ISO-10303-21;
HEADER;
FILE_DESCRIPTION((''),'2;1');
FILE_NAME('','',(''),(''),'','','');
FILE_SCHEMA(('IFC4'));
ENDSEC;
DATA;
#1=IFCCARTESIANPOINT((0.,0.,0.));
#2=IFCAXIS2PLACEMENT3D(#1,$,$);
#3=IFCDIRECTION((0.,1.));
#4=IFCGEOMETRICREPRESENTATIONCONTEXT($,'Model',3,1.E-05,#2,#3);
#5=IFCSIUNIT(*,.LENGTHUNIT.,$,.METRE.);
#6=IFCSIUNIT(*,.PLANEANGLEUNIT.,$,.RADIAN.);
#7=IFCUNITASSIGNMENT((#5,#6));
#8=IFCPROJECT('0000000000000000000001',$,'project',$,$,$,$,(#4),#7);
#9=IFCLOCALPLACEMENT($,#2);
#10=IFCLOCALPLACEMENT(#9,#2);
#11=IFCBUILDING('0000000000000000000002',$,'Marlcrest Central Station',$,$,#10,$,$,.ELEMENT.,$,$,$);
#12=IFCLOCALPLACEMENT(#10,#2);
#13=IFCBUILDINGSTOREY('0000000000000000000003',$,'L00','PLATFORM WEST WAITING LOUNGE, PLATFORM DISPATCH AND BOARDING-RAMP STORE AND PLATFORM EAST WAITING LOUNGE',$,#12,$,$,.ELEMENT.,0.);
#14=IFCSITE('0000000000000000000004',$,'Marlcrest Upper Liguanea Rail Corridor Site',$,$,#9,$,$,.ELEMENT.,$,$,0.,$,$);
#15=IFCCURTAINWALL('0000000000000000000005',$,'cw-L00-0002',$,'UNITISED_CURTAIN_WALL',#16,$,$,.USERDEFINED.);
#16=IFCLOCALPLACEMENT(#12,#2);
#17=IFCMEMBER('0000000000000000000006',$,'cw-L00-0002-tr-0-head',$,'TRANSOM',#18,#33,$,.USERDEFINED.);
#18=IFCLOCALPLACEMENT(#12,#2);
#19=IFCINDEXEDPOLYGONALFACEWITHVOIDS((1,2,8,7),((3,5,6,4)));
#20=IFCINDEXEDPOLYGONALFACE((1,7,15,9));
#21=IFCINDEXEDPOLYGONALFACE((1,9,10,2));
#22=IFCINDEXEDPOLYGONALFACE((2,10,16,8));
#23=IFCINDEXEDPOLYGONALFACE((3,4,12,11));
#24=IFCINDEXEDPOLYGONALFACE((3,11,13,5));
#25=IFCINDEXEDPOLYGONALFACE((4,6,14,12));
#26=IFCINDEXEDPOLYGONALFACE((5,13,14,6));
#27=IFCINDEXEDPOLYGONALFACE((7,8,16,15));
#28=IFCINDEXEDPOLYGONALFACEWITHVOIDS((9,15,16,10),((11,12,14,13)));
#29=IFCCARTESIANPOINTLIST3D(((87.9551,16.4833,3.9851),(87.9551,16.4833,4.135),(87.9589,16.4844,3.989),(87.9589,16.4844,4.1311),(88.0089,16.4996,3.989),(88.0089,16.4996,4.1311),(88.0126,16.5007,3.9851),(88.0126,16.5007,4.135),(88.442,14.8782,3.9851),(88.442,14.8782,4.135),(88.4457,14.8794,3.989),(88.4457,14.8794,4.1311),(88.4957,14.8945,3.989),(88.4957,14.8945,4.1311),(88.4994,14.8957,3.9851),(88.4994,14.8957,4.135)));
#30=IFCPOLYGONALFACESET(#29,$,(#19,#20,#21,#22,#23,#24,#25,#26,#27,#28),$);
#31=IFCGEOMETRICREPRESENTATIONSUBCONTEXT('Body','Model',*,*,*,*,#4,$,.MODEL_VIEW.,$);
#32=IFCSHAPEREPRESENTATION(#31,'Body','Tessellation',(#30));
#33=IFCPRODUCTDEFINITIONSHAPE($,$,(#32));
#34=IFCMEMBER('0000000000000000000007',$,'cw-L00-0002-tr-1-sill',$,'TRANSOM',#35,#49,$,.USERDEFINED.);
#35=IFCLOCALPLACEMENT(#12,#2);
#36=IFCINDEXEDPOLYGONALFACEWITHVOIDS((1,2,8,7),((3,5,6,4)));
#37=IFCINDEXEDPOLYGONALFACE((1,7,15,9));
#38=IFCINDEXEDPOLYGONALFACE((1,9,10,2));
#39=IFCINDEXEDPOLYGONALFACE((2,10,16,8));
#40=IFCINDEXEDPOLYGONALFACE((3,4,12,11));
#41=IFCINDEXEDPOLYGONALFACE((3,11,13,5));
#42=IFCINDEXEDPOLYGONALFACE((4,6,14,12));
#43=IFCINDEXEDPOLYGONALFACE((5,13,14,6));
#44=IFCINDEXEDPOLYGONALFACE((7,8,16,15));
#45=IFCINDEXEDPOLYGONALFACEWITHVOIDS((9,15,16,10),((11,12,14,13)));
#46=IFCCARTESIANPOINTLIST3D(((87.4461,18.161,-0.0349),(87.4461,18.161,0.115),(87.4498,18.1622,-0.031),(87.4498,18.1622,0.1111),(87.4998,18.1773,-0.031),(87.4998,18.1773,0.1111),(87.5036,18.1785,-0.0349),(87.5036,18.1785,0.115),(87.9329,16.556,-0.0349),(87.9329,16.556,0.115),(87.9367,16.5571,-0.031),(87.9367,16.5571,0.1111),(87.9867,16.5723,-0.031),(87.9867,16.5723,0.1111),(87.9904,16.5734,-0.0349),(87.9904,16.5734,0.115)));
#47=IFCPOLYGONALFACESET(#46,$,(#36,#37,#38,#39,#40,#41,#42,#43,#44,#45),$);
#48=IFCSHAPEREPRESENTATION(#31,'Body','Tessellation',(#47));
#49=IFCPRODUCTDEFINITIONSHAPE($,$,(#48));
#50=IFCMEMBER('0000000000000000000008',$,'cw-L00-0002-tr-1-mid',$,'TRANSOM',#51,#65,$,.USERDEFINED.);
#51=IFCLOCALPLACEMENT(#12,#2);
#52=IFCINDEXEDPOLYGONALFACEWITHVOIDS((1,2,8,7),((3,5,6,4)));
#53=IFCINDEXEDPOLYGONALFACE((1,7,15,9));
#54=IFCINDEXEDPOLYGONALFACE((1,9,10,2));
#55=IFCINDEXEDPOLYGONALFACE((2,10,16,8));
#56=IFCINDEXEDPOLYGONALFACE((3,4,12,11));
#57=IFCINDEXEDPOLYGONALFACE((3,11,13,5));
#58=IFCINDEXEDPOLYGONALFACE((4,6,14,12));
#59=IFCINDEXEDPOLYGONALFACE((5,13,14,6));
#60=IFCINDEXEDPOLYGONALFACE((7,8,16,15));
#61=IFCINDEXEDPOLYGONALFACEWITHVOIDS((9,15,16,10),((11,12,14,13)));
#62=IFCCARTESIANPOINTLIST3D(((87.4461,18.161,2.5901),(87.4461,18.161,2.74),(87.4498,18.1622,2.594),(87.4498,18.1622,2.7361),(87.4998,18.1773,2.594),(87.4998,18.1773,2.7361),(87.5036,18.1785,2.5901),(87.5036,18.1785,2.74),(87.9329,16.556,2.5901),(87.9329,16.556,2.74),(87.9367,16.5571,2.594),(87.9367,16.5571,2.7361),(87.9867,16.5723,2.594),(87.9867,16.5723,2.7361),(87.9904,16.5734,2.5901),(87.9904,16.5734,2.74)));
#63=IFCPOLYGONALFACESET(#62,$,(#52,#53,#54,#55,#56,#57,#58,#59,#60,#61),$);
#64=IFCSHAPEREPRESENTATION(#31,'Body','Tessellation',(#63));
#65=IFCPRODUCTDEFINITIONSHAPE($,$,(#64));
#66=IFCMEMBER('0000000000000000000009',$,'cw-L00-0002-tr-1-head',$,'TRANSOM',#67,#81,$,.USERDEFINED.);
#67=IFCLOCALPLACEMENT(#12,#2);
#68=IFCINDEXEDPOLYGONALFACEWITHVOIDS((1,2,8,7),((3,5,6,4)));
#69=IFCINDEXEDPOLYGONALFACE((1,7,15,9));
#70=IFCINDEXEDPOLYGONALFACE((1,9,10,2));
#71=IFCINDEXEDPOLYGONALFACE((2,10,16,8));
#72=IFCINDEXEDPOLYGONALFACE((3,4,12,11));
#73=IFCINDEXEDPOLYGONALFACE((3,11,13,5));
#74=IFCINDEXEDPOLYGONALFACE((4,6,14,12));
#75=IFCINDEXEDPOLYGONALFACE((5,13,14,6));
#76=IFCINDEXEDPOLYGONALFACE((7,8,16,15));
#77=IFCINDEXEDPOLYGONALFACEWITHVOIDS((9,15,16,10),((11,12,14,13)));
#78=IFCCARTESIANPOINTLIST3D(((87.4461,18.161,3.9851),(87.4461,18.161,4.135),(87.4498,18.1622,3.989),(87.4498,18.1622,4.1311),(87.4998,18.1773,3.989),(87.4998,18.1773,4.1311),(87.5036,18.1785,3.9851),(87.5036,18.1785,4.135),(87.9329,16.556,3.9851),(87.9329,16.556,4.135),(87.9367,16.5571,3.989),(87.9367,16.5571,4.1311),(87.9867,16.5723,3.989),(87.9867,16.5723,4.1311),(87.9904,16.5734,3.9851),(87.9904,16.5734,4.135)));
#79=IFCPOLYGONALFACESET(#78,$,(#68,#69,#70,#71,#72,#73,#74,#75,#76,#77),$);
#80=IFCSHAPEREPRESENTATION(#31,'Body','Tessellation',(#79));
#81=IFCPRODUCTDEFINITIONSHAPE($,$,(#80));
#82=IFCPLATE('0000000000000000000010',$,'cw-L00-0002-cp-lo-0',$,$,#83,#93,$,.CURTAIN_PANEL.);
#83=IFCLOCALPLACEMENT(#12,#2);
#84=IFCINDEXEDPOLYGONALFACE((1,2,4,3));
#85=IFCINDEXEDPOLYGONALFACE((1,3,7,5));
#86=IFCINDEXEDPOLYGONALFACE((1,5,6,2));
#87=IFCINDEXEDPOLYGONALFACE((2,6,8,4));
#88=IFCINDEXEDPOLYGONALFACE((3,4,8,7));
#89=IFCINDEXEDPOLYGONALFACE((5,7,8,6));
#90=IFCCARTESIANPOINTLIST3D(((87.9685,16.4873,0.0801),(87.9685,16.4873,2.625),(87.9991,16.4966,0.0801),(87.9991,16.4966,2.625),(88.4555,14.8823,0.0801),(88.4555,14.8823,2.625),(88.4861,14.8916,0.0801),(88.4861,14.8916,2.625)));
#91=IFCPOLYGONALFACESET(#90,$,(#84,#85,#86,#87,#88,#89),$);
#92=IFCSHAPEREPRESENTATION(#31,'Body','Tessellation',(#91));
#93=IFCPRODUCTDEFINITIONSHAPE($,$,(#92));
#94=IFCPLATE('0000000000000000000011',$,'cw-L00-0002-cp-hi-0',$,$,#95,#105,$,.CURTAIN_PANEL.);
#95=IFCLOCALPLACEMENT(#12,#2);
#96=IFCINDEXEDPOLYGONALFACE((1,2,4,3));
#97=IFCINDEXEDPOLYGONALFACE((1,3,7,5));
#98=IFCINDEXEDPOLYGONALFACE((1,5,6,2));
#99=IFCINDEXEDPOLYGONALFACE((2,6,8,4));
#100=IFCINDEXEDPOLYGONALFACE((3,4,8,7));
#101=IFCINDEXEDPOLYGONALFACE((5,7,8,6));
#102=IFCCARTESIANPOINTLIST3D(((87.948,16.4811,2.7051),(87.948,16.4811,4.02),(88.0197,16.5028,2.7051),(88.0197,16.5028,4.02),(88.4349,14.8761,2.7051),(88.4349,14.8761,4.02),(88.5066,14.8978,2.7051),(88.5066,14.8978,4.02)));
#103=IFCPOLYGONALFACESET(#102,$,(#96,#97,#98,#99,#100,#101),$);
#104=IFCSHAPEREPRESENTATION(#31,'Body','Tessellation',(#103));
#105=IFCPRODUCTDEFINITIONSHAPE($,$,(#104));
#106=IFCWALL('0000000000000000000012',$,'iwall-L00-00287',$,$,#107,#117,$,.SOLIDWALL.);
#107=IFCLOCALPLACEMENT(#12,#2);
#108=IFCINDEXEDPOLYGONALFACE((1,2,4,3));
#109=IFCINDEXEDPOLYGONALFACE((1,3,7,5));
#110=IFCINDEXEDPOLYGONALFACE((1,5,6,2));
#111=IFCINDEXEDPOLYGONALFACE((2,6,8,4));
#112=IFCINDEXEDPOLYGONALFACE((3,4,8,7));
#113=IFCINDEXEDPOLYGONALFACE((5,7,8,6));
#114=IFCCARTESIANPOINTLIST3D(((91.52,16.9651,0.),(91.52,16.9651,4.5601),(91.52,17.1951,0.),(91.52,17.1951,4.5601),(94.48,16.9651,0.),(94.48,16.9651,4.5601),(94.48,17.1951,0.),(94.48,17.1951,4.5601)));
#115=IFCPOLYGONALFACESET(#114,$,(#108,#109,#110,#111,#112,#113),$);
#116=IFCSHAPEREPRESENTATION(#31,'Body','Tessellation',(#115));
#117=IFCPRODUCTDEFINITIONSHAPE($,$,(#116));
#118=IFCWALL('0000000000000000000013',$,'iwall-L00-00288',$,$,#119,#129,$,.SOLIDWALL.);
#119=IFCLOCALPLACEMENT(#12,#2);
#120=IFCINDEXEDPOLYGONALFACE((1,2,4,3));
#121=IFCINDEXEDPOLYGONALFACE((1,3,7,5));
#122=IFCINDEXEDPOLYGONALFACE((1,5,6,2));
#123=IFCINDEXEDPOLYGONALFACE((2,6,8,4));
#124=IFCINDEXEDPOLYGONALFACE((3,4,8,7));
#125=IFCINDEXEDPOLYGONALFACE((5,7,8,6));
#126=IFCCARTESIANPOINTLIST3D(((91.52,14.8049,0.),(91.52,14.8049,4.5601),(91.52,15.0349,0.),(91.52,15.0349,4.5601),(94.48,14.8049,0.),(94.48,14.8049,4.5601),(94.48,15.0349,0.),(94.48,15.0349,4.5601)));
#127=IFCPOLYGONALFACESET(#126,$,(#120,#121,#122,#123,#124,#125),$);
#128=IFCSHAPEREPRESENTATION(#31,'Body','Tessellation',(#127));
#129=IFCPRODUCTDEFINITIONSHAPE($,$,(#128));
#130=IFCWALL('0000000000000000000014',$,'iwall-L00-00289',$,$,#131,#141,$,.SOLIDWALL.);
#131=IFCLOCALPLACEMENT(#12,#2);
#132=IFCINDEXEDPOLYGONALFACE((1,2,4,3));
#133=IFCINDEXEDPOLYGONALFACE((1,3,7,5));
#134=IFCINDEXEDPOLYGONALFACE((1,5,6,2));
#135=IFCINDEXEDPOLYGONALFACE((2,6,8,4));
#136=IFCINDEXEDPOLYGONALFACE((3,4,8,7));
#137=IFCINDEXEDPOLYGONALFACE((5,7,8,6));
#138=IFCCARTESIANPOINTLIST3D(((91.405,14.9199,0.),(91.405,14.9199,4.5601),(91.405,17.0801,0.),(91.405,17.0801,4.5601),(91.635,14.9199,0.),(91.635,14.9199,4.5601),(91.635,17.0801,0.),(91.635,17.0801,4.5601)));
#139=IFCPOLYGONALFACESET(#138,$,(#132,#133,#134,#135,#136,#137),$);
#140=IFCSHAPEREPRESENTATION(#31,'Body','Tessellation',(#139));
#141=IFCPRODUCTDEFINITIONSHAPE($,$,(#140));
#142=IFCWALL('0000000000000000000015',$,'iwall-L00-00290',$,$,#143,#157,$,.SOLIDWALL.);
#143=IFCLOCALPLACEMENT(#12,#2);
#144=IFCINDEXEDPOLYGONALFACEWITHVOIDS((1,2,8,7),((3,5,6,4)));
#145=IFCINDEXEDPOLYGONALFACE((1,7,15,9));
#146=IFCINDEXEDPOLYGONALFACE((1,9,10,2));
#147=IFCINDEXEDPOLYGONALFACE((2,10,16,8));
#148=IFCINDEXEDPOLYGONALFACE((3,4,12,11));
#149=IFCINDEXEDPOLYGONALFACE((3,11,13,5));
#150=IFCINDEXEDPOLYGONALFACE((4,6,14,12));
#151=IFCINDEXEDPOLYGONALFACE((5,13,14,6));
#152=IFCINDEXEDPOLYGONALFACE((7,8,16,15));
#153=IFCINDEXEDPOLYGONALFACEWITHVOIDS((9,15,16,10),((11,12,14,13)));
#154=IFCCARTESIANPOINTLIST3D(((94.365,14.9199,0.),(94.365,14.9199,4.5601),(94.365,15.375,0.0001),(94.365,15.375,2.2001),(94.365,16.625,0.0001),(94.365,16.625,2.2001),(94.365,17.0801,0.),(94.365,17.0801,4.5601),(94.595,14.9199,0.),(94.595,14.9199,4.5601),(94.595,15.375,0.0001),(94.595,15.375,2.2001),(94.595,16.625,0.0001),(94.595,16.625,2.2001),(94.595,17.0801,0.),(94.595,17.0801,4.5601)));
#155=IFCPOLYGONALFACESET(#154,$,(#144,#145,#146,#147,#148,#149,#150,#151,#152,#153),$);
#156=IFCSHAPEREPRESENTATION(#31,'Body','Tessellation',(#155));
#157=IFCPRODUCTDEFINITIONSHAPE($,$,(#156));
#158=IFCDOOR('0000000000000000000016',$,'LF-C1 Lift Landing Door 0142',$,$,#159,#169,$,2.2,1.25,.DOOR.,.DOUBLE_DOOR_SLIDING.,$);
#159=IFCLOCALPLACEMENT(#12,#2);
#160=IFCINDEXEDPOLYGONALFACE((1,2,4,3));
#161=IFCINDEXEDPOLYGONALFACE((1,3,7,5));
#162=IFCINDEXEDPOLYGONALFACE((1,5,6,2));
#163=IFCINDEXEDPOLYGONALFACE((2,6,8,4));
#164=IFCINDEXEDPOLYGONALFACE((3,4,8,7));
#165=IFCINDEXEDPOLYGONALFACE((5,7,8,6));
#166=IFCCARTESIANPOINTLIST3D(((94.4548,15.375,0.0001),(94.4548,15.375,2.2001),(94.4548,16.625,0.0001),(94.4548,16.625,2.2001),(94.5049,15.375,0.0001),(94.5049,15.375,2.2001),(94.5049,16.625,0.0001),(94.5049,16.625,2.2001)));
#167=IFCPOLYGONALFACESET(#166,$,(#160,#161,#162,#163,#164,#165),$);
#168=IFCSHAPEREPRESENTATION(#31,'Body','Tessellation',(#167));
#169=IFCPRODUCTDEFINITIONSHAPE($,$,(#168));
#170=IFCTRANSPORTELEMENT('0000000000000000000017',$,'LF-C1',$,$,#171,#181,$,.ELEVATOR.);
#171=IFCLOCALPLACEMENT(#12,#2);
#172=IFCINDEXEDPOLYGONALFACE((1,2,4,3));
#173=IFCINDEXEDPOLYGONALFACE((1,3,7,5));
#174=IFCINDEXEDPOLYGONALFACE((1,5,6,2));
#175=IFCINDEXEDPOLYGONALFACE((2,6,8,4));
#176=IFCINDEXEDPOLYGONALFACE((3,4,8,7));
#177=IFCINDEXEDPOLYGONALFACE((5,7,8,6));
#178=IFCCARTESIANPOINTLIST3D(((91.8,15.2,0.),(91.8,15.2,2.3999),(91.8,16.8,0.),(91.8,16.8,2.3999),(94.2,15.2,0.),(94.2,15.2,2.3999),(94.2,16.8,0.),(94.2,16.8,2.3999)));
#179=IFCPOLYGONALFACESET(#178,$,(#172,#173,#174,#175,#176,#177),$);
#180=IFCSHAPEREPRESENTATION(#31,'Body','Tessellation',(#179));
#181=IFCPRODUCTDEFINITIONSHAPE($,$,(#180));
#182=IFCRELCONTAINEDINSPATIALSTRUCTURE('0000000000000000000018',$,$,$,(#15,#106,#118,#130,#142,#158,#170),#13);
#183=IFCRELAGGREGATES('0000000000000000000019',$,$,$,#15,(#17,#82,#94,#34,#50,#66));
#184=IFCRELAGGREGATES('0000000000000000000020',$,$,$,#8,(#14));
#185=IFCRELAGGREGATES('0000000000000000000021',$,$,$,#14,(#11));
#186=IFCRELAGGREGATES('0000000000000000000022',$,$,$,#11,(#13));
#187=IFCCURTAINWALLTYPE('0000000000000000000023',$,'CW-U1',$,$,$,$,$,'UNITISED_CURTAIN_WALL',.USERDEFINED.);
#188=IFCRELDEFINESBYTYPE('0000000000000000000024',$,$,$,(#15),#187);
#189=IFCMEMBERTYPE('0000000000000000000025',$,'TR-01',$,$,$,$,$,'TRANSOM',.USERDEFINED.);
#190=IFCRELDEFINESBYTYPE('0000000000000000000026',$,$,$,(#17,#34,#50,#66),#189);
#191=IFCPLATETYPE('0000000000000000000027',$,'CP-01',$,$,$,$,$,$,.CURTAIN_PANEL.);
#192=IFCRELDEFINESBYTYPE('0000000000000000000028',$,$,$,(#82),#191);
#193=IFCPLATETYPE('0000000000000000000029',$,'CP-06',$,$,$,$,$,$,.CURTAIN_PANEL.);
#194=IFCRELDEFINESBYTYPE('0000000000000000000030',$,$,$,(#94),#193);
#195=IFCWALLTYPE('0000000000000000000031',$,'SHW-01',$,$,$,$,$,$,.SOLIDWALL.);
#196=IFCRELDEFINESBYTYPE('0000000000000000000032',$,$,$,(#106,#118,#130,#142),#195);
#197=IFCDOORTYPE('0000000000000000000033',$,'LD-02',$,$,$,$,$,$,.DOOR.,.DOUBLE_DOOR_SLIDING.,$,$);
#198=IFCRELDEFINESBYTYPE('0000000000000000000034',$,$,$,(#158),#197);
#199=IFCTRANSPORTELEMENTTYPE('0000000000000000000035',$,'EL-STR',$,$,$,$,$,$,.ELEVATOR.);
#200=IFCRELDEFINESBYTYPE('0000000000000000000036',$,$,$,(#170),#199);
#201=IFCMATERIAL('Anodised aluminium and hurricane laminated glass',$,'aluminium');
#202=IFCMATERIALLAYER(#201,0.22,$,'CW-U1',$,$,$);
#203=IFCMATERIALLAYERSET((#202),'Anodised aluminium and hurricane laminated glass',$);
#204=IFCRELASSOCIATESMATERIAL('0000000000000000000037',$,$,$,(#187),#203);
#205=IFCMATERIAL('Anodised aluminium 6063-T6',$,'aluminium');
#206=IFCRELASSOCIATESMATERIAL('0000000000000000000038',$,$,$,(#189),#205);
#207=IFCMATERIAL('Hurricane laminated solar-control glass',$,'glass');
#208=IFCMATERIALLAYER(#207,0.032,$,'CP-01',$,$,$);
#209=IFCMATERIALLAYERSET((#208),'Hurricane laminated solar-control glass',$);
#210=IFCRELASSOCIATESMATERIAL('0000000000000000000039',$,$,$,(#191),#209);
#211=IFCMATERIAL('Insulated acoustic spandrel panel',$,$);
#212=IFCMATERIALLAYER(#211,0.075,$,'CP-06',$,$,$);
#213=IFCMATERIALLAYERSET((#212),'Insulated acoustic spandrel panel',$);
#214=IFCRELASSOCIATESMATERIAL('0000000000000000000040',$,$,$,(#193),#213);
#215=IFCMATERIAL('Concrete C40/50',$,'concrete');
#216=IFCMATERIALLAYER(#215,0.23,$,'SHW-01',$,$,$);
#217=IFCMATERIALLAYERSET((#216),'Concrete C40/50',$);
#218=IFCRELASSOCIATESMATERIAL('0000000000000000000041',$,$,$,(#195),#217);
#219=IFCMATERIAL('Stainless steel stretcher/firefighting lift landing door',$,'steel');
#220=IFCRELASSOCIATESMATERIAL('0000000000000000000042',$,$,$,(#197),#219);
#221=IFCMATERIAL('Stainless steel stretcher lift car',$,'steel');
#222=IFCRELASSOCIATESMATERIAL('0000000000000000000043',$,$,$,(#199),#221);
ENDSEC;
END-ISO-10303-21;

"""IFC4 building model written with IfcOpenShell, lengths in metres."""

from ifc_helpers import new_model, si_unit, direction, frame, frame_2d, origin, origin_2d, place, context, subcontext, project, spatial, rectangle, hollow_rectangle, extrude, material, layer, layer_set, material_profile, profile_set, type_object, element, fill, aggregate, save


model = new_model("IFC4")

# Units and contexts
model_context = context("Model", 3, precision=1e-05, world=origin(), true_north=direction((0.0, 1.0)))
body_context = subcontext(model_context, "Body", "Model", "MODEL_VIEW")
ifc_project = project(units=[si_unit("LENGTHUNIT", "METRE"), si_unit("PLANEANGLEUNIT", "RADIAN")], contexts=[model_context])

# Site, building, storey
site_placement = place(None, origin())
site = spatial("IfcSite", under=ifc_project, at=site_placement, Name="Marlcrest Upper Liguanea Rail Corridor Site", CompositionType="ELEMENT", RefElevation=0.0)
building_placement = place(site_placement, origin())
building = spatial("IfcBuilding", under=site, at=building_placement, Name="Marlcrest Central Station", CompositionType="ELEMENT")
storey_placement = place(building_placement, origin())
storey = spatial("IfcBuildingStorey", under=building, at=storey_placement, Name="L00", Description="PLATFORM WEST WAITING LOUNGE, PLATFORM DISPATCH AND BOARDING-RAMP STORE AND PLATFORM EAST WAITING LOUNGE", CompositionType="ELEMENT", Elevation=0.0)

# Shared definitions
ifc_material_1 = material(Name="Concrete C40/50", Category="concrete")

# Curtain wall
ifc_material_2 = material(Name="Anodised aluminium and hurricane laminated glass", Category="aluminium")
ifc_layer_1 = layer(ifc_material_2, 0.22, Name="CW-U1")
ifc_layer_set_1 = layer_set([ifc_layer_1], Name="Anodised aluminium and hurricane laminated glass")
curtain_wall_type = type_object("IfcCurtainWallType", Name="CW-U1", ElementType="UNITISED_CURTAIN_WALL", PredefinedType="USERDEFINED", material=ifc_layer_set_1)
curtain_wall_placement = place(storey_placement, origin())
curtain_wall = element("IfcCurtainWall", 1, at=curtain_wall_placement, inside=storey, type_object=curtain_wall_type, Name="cw-L00-0002", ObjectType="UNITISED_CURTAIN_WALL", PredefinedType="USERDEFINED")
ifc_material_3 = material(Name="Anodised aluminium 6063-T6", Category="aluminium")

# Members
ifc_material_profile_1 = material_profile(ifc_material_3, hollow_rectangle(XDim=0.0601, YDim=0.1499, WallThickness=0.0039, at=origin_2d()), Name="AA-RHS 150x60x4")
ifc_profile_set_1 = profile_set([ifc_material_profile_1], Name="Anodised aluminium 6063-T6")
member_type_1 = type_object("IfcMemberType", Name="TR-01", ElementType="TRANSOM", PredefinedType="USERDEFINED", material=ifc_profile_set_1)
member_1_placement = place(storey_placement, frame((88.4707, 14.887, 4.0601), z_axis=(-0.290258, 0.956948, 0.0), x_axis=(-0.956948, -0.290258, 0.0)))
member_1 = element("IfcMember", 2, at=member_1_placement, type_object=member_type_1, Name="cw-L00-0002-tr-0-head", ObjectType="TRANSOM", PredefinedType="USERDEFINED", context=body_context, shape_type="SweptSolid", body=[
    extrude(hollow_rectangle(XDim=0.0601, YDim=0.1499, WallThickness=0.0039, at=origin_2d()), origin(), (0.0, 0.0, 1.0), 1.6772),
])
member_2_placement = place(storey_placement, frame((87.9617, 16.5647, 0.04), z_axis=(-0.290258, 0.956948, 0.0), x_axis=(-0.956948, -0.290258, 0.0)))
member_2 = element("IfcMember", 3, at=member_2_placement, type_object=member_type_1, Name="cw-L00-0002-tr-1-sill", ObjectType="TRANSOM", PredefinedType="USERDEFINED", context=body_context, shape_type="SweptSolid", body=[
    extrude(hollow_rectangle(XDim=0.0601, YDim=0.1499, WallThickness=0.0039, at=origin_2d()), origin(), (0.0, 0.0, 1.0), 1.6772),
])
member_3_placement = place(storey_placement, frame((87.9617, 16.5647, 2.665), z_axis=(-0.290258, 0.956948, 0.0), x_axis=(-0.956948, -0.290258, 0.0)))
member_3 = element("IfcMember", 4, at=member_3_placement, type_object=member_type_1, Name="cw-L00-0002-tr-1-mid", ObjectType="TRANSOM", PredefinedType="USERDEFINED", context=body_context, shape_type="SweptSolid", body=[
    extrude(hollow_rectangle(XDim=0.0601, YDim=0.1499, WallThickness=0.0039, at=origin_2d()), origin(), (0.0, 0.0, 1.0), 1.6772),
])
member_4_placement = place(storey_placement, frame((87.9617, 16.5647, 4.0601), z_axis=(-0.290258, 0.956948, 0.0), x_axis=(-0.956948, -0.290258, 0.0)))
member_4 = element("IfcMember", 5, at=member_4_placement, type_object=member_type_1, Name="cw-L00-0002-tr-1-head", ObjectType="TRANSOM", PredefinedType="USERDEFINED", context=body_context, shape_type="SweptSolid", body=[
    extrude(hollow_rectangle(XDim=0.0601, YDim=0.1499, WallThickness=0.0039, at=origin_2d()), origin(), (0.0, 0.0, 1.0), 1.6772),
])

# Plates
ifc_material_4 = material(Name="Hurricane laminated solar-control glass", Category="glass")
ifc_layer_2 = layer(ifc_material_4, 0.032, Name="CP-01")
ifc_layer_set_2 = layer_set([ifc_layer_2], Name="Hurricane laminated solar-control glass")
plate_type_1 = type_object("IfcPlateType", Name="CP-01", PredefinedType="CURTAIN_PANEL", material=ifc_layer_set_2)
plate_1_placement = place(storey_placement, frame((88.2273, 15.6895, 0.0801), z_axis=(0.0, 0.0, 1.0), x_axis=(-0.290318, 0.95693, 0.0)))
plate_1 = element("IfcPlate", 6, at=plate_1_placement, type_object=plate_type_1, Name="cw-L00-0002-cp-lo-0", PredefinedType="CURTAIN_PANEL", context=body_context, shape_type="SweptSolid", body=[
    extrude(rectangle(XDim=1.6772, YDim=0.032, at=origin_2d()), origin(), (0.0, 0.0, 1.0), 2.5449),
])
ifc_material_5 = material(Name="Insulated acoustic spandrel panel")
ifc_layer_3 = layer(ifc_material_5, 0.075, Name="CP-06")
ifc_layer_set_3 = layer_set([ifc_layer_3], Name="Insulated acoustic spandrel panel")
plate_type_2 = type_object("IfcPlateType", Name="CP-06", PredefinedType="CURTAIN_PANEL", material=ifc_layer_set_3)
plate_2_placement = place(storey_placement, frame((88.2273, 15.6895, 2.7051), z_axis=(0.0, 0.0, 1.0), x_axis=(-0.290318, 0.95693, 0.0)))
plate_2 = element("IfcPlate", 7, at=plate_2_placement, type_object=plate_type_2, Name="cw-L00-0002-cp-hi-0", PredefinedType="CURTAIN_PANEL", context=body_context, shape_type="SweptSolid", body=[
    extrude(rectangle(XDim=1.6772, YDim=0.075, at=origin_2d()), origin(), (0.0, 0.0, 1.0), 1.3149),
])
aggregate(curtain_wall, [member_1, plate_1, plate_2, member_2, member_3, member_4])

# Walls
ifc_layer_4 = layer(ifc_material_1, 0.23, Name="SHW-01")
ifc_layer_set_4 = layer_set([ifc_layer_4], Name="Concrete C40/50")
wall_type = type_object("IfcWallType", Name="SHW-01", PredefinedType="SOLIDWALL", material=ifc_layer_set_4)
for number, where, z_axis, x_axis, name in (
    (8, (91.52, 17.0801, 0.0), (0.0, 0.0, 1.0), (1.0, 0.0, 0.0), "iwall-L00-00287"),
    (9, (94.48, 14.9199, 0.0), (0.0, 0.0, 1.0), (-1.0, 0.0, 0.0), "iwall-L00-00288"),
):
    element("IfcWall", number, at=place(storey_placement, frame(where, z_axis=z_axis, x_axis=x_axis)), inside=storey, type_object=wall_type, Name=name, PredefinedType="SOLIDWALL", context=body_context, shape_type="SweptSolid", body=[
        extrude(rectangle(XDim=2.96, YDim=0.23, at=frame_2d((1.48, 0.0))), origin(), (0.0, 0.0, 1.0), 4.5601),
    ])
wall_1_placement = place(storey_placement, frame((91.52, 14.9199, 0.0), z_axis=(0.0, 0.0, 1.0), x_axis=(0.0, 1.0, 0.0)))
element("IfcWall", 10, at=wall_1_placement, inside=storey, type_object=wall_type, Name="iwall-L00-00289", PredefinedType="SOLIDWALL", context=body_context, shape_type="SweptSolid", body=[
    extrude(rectangle(XDim=2.1602, YDim=0.23, at=frame_2d((1.0801, 0.0))), origin(), (0.0, 0.0, 1.0), 4.5601),
])

# Wall, opening, door
wall_2_placement = place(storey_placement, frame((94.48, 17.0801, 0.0), z_axis=(0.0, 0.0, 1.0), x_axis=(0.0, -1.0, 0.0)))
wall_2 = element("IfcWall", 11, at=wall_2_placement, inside=storey, type_object=wall_type, Name="iwall-L00-00290", PredefinedType="SOLIDWALL", context=body_context, shape_type="SweptSolid", body=[
    extrude(rectangle(XDim=2.1602, YDim=0.23, at=frame_2d((1.0801, 0.0))), origin(), (0.0, 0.0, 1.0), 4.5601),
])
opening_placement = place(wall_2_placement, frame((0.4551, 0.0, 0.0)))
opening = element("IfcOpeningElement", 12, at=opening_placement, cuts=wall_2, PredefinedType="OPENING", context=body_context, shape_type="SweptSolid", body=[
    extrude(rectangle(XDim=1.25, YDim=2.2, at=frame_2d((0.625, 1.1001))), frame((0.0, 0.125, 0.0), z_axis=(0.0, -1.0, 0.0), x_axis=(1.0, 0.0, 0.0)), (0.0, 0.0, 1.0), 0.25),
])
ifc_material_6 = material(Name="Stainless steel stretcher/firefighting lift landing door", Category="steel")
door_type = type_object("IfcDoorType", Name="LD-02", OperationType="DOUBLE_DOOR_SLIDING", PredefinedType="DOOR", material=ifc_material_6)
door_placement = place(opening_placement, origin())
door = element("IfcDoor", 13, at=door_placement, inside=storey, type_object=door_type, Name="LF-C1 Lift Landing Door 0142", OperationType="DOUBLE_DOOR_SLIDING", OverallHeight=2.2, OverallWidth=1.25, PredefinedType="DOOR", context=body_context, shape_type="SweptSolid", body=[
    extrude(rectangle(XDim=1.25, YDim=2.2, at=frame_2d((0.625, 1.1001))), frame((0.0, 0.0249, 0.0), z_axis=(0.0, -1.0, 0.0), x_axis=(1.0, 0.0, 0.0)), (0.0, 0.0, 1.0), 0.05),
])
fill(opening, door)

# Transport element
ifc_material_7 = material(Name="Stainless steel stretcher lift car", Category="steel")
transport_element_type = type_object("IfcTransportElementType", Name="EL-STR", PredefinedType="ELEVATOR", material=ifc_material_7)
transport_element_placement = place(storey_placement, frame((93.0, 16.0, 0.0), z_axis=(0.0, 0.0, 1.0), x_axis=(1.0, 0.0, 0.0)))
element("IfcTransportElement", 14, at=transport_element_placement, inside=storey, type_object=transport_element_type, Name="LF-C1", PredefinedType="ELEVATOR", context=body_context, shape_type="SweptSolid", body=[
    extrude(rectangle(XDim=2.3999, YDim=1.6001, at=origin_2d()), origin(), (0.0, 0.0, 1.0), 2.3999),
])

save(model, "model.ifc")
